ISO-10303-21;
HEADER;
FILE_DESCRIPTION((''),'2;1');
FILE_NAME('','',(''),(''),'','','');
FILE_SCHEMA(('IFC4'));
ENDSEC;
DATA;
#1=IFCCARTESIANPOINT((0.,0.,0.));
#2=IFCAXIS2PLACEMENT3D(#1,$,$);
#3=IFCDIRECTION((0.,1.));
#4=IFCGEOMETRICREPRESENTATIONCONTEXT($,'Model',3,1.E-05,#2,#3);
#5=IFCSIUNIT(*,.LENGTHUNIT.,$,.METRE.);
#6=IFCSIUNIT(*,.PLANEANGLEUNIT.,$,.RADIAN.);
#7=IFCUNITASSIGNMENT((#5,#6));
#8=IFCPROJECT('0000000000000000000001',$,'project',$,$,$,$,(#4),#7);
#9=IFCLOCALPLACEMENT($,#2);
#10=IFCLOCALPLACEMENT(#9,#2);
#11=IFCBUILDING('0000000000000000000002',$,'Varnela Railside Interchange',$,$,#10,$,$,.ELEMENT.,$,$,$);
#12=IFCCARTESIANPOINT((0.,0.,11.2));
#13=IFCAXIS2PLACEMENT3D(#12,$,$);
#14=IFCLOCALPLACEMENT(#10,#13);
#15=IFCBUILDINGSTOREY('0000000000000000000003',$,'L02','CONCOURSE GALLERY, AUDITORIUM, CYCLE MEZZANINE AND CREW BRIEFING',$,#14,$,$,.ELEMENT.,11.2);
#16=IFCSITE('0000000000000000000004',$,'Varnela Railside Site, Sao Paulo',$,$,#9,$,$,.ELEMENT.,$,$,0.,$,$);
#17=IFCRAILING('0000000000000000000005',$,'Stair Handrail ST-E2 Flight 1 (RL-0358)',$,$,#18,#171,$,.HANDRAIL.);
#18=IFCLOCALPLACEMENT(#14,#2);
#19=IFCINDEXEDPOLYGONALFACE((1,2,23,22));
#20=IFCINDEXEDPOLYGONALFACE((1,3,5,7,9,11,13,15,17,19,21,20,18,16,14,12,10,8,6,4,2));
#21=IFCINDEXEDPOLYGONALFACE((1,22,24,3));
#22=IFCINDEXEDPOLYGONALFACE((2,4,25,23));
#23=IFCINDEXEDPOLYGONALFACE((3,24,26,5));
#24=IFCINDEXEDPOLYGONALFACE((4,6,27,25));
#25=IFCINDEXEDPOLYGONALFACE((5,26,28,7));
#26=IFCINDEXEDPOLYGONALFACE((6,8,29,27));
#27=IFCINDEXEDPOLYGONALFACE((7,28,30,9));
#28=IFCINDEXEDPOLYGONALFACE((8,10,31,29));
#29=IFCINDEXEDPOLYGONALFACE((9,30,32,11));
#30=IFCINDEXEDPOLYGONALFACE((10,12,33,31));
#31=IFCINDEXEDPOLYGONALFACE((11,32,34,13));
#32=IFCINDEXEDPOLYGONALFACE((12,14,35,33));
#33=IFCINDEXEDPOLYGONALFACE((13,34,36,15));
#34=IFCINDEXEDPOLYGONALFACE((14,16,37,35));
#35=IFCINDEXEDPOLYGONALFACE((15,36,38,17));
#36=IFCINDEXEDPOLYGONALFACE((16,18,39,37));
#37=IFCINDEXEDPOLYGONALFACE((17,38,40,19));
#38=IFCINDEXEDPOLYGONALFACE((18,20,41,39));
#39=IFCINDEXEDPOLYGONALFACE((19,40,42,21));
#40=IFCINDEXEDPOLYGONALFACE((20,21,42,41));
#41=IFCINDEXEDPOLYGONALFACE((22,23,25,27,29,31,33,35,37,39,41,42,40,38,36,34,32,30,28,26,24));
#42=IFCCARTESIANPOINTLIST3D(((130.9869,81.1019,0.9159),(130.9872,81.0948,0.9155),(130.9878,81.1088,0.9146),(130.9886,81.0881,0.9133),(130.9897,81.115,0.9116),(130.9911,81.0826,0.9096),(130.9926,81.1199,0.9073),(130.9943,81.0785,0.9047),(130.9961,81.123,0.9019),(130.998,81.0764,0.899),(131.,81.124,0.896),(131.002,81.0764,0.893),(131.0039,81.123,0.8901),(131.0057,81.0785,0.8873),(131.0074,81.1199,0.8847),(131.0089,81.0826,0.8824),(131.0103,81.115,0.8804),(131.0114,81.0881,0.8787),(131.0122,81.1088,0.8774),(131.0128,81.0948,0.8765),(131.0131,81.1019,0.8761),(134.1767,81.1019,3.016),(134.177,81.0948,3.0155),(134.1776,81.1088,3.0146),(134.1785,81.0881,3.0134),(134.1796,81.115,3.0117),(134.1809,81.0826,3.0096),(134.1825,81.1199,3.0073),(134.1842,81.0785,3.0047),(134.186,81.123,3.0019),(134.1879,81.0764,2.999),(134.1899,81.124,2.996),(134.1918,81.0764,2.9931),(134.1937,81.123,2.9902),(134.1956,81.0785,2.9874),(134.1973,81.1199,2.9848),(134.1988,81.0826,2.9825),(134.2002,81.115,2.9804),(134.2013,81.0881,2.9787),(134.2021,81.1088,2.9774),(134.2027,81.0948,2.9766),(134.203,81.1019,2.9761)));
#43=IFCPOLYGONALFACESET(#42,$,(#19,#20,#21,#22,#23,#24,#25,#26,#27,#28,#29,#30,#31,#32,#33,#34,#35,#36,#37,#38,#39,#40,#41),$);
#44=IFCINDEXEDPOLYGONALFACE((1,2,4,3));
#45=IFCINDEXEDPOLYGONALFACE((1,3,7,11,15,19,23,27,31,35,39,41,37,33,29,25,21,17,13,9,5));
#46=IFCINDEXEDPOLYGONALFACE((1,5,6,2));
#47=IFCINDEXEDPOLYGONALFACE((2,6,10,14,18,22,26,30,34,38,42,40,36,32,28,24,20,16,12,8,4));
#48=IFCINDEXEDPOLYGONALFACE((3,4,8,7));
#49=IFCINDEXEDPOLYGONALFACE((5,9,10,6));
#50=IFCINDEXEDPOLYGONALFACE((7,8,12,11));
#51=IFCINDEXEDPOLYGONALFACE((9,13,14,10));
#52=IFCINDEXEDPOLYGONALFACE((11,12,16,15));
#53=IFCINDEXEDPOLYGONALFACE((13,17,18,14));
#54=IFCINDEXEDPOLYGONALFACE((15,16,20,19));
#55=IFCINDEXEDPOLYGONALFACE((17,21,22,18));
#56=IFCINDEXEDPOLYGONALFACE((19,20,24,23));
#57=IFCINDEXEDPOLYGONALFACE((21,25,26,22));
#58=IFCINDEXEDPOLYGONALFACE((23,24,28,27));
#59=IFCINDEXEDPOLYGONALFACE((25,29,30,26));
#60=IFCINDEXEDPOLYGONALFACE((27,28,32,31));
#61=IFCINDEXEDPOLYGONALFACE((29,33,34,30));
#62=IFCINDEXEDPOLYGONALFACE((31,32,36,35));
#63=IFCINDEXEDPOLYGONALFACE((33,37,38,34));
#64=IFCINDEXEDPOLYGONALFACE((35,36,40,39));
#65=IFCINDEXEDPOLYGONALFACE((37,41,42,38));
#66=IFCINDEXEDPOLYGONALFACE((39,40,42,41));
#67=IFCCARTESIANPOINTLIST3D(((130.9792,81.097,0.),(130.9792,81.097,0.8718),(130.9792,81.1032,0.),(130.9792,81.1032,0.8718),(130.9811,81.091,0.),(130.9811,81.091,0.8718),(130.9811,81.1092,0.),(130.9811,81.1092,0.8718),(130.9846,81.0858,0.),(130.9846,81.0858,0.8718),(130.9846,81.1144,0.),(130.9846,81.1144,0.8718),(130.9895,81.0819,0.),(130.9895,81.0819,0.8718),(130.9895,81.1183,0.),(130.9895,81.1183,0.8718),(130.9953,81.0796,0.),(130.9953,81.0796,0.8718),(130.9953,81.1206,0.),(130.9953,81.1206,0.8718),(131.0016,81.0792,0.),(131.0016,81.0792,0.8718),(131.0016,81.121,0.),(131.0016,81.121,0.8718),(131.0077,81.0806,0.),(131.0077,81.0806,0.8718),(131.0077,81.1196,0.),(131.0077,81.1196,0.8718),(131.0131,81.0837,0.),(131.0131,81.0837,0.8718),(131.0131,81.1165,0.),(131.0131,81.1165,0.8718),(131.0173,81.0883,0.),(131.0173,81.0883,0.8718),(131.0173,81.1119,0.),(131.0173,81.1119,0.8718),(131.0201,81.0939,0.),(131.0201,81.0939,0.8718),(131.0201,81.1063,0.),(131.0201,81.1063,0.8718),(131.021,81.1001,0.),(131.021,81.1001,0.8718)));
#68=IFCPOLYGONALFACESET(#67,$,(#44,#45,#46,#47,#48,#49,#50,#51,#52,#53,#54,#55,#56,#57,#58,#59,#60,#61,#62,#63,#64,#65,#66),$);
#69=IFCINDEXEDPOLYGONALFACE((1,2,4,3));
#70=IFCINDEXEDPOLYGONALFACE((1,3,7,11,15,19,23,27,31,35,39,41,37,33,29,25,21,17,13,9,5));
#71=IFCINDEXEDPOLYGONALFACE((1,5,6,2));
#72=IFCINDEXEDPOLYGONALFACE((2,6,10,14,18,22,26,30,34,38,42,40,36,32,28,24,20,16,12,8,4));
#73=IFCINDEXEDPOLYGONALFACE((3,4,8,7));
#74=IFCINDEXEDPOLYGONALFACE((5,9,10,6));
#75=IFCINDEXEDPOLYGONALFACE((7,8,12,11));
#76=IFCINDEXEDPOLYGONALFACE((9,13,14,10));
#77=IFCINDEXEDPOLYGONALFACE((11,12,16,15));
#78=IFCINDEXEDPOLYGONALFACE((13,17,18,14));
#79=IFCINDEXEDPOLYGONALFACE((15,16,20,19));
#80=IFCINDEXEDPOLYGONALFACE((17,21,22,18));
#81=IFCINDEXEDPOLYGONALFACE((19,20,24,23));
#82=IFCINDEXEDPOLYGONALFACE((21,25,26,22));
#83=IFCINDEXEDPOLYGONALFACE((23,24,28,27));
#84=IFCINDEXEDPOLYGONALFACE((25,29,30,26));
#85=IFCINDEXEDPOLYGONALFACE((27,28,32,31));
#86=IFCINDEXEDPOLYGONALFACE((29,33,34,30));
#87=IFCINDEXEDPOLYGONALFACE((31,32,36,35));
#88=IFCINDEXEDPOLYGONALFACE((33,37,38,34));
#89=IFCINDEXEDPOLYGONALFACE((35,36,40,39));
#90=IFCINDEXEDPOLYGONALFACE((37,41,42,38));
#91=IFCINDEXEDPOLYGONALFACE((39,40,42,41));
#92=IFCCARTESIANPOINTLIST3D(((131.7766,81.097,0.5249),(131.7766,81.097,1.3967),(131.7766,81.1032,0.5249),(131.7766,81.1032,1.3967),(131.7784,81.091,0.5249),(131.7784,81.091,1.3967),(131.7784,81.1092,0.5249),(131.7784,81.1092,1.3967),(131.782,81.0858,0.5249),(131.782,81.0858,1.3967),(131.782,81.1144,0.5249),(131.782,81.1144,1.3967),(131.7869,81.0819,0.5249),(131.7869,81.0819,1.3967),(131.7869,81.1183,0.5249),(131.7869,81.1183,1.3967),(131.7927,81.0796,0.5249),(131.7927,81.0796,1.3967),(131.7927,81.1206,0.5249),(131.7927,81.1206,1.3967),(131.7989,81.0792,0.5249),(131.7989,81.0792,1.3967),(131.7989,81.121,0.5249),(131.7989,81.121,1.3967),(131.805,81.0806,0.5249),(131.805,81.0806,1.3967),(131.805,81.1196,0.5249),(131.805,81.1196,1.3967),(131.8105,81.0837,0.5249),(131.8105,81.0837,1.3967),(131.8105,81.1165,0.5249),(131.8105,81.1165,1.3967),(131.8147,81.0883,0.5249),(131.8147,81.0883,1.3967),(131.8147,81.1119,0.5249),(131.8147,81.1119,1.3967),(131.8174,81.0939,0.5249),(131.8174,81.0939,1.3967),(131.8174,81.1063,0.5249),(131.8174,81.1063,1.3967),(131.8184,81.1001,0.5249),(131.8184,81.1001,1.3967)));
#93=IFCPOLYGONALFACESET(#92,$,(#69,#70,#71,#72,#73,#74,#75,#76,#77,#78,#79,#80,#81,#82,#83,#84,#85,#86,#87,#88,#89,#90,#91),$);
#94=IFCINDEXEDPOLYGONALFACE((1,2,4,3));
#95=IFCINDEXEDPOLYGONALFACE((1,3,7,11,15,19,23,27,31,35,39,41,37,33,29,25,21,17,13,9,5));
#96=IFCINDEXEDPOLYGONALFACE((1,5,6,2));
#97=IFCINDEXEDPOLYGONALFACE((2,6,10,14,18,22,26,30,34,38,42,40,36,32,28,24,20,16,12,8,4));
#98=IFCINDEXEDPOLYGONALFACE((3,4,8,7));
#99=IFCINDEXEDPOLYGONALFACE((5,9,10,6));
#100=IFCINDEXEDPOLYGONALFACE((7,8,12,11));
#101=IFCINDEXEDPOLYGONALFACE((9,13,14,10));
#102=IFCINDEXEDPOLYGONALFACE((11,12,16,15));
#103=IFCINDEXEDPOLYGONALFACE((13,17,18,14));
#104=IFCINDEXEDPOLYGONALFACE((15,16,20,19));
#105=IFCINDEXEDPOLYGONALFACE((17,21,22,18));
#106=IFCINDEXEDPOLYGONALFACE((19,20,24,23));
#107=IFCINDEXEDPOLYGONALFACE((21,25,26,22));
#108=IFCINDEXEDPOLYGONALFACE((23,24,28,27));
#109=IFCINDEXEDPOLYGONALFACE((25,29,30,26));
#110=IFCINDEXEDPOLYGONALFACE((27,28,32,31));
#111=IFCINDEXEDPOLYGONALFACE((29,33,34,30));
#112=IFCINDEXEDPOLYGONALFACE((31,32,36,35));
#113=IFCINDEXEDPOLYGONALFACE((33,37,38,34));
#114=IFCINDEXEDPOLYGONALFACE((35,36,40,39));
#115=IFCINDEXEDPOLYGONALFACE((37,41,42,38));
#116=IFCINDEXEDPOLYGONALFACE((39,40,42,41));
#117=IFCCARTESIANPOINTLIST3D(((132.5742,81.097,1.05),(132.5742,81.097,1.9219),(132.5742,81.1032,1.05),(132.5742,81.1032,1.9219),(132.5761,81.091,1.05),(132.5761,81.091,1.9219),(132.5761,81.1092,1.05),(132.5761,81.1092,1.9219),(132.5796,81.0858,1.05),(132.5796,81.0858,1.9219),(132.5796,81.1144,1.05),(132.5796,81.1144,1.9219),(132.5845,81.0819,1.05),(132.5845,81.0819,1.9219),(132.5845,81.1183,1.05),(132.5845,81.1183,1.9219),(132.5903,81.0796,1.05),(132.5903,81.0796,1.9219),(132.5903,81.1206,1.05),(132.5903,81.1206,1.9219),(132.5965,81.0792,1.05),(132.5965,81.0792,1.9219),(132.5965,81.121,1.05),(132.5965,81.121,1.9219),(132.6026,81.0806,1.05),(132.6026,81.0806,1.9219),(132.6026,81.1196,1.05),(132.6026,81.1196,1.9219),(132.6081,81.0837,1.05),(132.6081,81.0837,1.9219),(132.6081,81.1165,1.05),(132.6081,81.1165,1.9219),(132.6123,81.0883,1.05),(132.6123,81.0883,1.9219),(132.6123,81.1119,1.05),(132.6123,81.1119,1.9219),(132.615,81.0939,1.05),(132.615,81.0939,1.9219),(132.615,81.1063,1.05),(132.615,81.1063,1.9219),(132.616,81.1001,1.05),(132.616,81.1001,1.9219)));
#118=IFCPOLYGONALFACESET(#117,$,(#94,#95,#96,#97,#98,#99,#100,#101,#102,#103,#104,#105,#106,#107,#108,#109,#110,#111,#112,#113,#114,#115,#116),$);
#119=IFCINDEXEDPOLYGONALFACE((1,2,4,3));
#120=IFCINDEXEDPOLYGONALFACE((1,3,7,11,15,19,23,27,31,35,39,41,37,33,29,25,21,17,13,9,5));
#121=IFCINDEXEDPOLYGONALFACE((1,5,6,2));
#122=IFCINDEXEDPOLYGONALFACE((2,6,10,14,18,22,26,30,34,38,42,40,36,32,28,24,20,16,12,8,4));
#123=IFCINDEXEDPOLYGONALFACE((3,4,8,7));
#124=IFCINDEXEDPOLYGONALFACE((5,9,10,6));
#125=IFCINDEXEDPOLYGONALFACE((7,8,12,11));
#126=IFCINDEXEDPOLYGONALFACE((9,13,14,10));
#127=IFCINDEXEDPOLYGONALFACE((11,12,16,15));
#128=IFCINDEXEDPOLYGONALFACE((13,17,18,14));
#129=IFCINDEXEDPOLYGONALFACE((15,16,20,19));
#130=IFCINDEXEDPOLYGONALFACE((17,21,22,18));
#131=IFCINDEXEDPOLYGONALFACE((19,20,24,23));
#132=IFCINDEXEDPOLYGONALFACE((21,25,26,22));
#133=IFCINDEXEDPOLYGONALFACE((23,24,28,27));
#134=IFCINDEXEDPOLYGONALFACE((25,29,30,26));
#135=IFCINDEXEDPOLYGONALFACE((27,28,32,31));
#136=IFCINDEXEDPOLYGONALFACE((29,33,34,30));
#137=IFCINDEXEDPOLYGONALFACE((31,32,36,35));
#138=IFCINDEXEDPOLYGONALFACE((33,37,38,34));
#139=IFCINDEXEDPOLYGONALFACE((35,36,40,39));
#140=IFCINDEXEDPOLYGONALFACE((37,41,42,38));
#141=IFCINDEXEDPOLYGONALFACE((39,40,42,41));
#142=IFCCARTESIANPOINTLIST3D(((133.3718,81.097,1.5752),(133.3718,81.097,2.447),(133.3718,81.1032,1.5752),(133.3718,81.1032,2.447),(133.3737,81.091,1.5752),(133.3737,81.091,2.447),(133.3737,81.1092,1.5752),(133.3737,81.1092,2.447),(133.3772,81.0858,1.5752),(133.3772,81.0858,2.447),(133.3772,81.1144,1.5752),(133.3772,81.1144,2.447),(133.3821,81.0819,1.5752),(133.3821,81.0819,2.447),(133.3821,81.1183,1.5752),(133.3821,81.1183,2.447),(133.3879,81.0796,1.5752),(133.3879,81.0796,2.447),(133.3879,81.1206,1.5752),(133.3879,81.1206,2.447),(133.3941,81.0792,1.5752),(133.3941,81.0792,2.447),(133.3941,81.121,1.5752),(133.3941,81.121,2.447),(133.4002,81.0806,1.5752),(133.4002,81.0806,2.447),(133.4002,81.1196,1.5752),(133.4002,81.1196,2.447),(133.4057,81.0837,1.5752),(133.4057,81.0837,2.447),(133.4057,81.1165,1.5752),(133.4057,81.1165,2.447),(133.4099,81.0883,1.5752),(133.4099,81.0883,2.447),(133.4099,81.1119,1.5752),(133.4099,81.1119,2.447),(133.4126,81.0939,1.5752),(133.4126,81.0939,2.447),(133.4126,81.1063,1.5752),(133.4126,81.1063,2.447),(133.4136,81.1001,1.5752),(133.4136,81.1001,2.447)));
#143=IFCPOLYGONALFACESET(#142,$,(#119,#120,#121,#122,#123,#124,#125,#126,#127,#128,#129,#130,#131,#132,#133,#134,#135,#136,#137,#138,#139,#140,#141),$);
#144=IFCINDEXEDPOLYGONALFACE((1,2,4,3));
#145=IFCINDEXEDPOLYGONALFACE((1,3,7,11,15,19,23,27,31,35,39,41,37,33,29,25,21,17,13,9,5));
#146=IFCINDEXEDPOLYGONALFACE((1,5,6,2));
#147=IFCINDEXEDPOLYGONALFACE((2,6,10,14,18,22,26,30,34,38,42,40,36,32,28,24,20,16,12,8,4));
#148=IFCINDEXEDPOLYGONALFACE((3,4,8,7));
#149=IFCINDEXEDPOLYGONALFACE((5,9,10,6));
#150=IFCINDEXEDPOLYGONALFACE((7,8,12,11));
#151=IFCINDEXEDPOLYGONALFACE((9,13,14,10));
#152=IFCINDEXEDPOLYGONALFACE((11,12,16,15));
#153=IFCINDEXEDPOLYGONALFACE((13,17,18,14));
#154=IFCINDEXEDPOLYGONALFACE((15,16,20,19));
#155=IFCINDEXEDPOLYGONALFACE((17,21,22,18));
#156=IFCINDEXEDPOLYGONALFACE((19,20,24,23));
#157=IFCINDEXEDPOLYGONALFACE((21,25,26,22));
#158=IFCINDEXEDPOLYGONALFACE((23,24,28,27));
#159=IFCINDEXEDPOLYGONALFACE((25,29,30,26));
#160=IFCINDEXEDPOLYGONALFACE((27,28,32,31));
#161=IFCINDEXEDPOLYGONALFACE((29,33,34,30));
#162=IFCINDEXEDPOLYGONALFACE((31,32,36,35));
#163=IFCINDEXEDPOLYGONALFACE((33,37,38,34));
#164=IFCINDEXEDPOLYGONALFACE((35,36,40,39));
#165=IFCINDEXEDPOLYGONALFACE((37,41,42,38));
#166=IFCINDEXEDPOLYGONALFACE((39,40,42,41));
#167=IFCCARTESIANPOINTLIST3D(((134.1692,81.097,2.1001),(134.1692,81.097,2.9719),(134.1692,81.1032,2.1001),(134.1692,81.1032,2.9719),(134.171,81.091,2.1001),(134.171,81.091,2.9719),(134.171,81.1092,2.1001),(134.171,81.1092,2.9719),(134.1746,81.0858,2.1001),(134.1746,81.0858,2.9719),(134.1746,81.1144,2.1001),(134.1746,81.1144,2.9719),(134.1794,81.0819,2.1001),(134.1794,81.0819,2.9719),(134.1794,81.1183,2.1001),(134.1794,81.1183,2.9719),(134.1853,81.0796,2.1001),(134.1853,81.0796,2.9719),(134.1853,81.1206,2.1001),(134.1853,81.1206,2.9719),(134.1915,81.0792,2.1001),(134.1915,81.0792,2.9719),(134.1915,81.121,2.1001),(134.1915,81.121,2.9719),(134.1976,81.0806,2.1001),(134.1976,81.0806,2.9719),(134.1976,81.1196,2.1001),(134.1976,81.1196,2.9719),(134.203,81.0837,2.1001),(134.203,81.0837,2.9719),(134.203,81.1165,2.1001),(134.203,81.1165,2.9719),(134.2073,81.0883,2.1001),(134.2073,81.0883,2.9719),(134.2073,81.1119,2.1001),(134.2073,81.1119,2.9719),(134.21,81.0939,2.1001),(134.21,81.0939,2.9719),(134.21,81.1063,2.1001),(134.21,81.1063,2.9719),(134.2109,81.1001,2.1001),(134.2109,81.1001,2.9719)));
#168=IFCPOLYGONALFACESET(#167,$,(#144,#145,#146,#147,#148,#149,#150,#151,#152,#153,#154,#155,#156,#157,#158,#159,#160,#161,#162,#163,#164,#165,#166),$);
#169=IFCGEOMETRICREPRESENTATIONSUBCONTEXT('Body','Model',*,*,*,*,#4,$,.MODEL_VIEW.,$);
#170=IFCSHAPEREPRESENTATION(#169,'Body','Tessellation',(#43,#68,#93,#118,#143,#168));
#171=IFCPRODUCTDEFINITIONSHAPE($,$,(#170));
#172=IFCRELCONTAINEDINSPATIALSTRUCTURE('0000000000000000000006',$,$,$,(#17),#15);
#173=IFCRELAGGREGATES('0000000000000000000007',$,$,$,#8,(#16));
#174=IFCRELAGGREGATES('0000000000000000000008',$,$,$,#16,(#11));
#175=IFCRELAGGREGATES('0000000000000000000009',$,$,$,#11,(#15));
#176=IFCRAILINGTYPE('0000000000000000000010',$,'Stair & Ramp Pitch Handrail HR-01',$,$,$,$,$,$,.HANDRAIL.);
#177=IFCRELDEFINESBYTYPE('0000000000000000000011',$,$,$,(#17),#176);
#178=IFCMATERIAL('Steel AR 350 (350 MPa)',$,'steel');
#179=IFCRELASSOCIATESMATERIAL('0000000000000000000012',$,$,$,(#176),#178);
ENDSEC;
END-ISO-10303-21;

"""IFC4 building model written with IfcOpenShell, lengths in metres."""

from ifc_helpers import new_model, si_unit, direction, frame, origin, origin_2d, place, context, subcontext, project, spatial, circle, extrude, material, type_object, element, save


model = new_model("IFC4")

# Units and contexts
model_context = context("Model", 3, precision=1e-05, world=origin(), true_north=direction((0.0, 1.0)))
body_context = subcontext(model_context, "Body", "Model", "MODEL_VIEW")
ifc_project = project(units=[si_unit("LENGTHUNIT", "METRE"), si_unit("PLANEANGLEUNIT", "RADIAN")], contexts=[model_context])

# Site, building, storey
site_placement = place(None, origin())
site = spatial("IfcSite", under=ifc_project, at=site_placement, Name="Varnela Railside Site, Sao Paulo", CompositionType="ELEMENT", RefElevation=0.0)
building_placement = place(site_placement, origin())
building = spatial("IfcBuilding", under=site, at=building_placement, Name="Varnela Railside Interchange", CompositionType="ELEMENT")
storey_placement = place(building_placement, frame((0.0, 0.0, 11.2)))
storey = spatial("IfcBuildingStorey", under=building, at=storey_placement, Name="L02", Description="CONCOURSE GALLERY, AUDITORIUM, CYCLE MEZZANINE AND CREW BRIEFING", CompositionType="ELEMENT", Elevation=11.2)

# Shared definitions
ifc_material_1 = material(Name="Steel AR 350 (350 MPa)", Category="steel")

# Railing
railing_type_1 = type_object("IfcRailingType", Name="Stair & Ramp Pitch Handrail HR-01", PredefinedType="HANDRAIL", material=ifc_material_1)
railing_1_placement = place(storey_placement, frame((131.0, 81.1001, 0.0)))
element("IfcRailing", 1, at=railing_1_placement, inside=storey, type_object=railing_type_1, Name="Stair Handrail ST-E2 Flight 1 (RL-0358)", PredefinedType="HANDRAIL", context=body_context, shape_type="SweptSolid", body=[
    extrude(circle(Radius=0.0239, at=origin_2d()), frame((0.0, 0.0, 0.896), z_axis=(0.835242, 0.0, 0.549882), x_axis=(0.0, 1.0, 0.0)), (0.0, 0.0, 1.0), 3.8191),
    extrude(circle(Radius=0.021, at=origin_2d()), origin(), (0.0, 0.0, 1.0), 0.8718),
    extrude(circle(Radius=0.021, at=origin_2d()), frame((0.7974, 0.0, 0.5249)), (0.0, 0.0, 1.0), 0.8718),
    extrude(circle(Radius=0.021, at=origin_2d()), frame((1.595, 0.0, 1.05)), (0.0, 0.0, 1.0), 0.8718),
    extrude(circle(Radius=0.021, at=origin_2d()), frame((2.3926, 0.0, 1.5752)), (0.0, 0.0, 1.0), 0.8718),
    extrude(circle(Radius=0.021, at=origin_2d()), frame((3.1899, 0.0, 2.1001)), (0.0, 0.0, 1.0), 0.8718),
])

save(model, "model.ifc")
